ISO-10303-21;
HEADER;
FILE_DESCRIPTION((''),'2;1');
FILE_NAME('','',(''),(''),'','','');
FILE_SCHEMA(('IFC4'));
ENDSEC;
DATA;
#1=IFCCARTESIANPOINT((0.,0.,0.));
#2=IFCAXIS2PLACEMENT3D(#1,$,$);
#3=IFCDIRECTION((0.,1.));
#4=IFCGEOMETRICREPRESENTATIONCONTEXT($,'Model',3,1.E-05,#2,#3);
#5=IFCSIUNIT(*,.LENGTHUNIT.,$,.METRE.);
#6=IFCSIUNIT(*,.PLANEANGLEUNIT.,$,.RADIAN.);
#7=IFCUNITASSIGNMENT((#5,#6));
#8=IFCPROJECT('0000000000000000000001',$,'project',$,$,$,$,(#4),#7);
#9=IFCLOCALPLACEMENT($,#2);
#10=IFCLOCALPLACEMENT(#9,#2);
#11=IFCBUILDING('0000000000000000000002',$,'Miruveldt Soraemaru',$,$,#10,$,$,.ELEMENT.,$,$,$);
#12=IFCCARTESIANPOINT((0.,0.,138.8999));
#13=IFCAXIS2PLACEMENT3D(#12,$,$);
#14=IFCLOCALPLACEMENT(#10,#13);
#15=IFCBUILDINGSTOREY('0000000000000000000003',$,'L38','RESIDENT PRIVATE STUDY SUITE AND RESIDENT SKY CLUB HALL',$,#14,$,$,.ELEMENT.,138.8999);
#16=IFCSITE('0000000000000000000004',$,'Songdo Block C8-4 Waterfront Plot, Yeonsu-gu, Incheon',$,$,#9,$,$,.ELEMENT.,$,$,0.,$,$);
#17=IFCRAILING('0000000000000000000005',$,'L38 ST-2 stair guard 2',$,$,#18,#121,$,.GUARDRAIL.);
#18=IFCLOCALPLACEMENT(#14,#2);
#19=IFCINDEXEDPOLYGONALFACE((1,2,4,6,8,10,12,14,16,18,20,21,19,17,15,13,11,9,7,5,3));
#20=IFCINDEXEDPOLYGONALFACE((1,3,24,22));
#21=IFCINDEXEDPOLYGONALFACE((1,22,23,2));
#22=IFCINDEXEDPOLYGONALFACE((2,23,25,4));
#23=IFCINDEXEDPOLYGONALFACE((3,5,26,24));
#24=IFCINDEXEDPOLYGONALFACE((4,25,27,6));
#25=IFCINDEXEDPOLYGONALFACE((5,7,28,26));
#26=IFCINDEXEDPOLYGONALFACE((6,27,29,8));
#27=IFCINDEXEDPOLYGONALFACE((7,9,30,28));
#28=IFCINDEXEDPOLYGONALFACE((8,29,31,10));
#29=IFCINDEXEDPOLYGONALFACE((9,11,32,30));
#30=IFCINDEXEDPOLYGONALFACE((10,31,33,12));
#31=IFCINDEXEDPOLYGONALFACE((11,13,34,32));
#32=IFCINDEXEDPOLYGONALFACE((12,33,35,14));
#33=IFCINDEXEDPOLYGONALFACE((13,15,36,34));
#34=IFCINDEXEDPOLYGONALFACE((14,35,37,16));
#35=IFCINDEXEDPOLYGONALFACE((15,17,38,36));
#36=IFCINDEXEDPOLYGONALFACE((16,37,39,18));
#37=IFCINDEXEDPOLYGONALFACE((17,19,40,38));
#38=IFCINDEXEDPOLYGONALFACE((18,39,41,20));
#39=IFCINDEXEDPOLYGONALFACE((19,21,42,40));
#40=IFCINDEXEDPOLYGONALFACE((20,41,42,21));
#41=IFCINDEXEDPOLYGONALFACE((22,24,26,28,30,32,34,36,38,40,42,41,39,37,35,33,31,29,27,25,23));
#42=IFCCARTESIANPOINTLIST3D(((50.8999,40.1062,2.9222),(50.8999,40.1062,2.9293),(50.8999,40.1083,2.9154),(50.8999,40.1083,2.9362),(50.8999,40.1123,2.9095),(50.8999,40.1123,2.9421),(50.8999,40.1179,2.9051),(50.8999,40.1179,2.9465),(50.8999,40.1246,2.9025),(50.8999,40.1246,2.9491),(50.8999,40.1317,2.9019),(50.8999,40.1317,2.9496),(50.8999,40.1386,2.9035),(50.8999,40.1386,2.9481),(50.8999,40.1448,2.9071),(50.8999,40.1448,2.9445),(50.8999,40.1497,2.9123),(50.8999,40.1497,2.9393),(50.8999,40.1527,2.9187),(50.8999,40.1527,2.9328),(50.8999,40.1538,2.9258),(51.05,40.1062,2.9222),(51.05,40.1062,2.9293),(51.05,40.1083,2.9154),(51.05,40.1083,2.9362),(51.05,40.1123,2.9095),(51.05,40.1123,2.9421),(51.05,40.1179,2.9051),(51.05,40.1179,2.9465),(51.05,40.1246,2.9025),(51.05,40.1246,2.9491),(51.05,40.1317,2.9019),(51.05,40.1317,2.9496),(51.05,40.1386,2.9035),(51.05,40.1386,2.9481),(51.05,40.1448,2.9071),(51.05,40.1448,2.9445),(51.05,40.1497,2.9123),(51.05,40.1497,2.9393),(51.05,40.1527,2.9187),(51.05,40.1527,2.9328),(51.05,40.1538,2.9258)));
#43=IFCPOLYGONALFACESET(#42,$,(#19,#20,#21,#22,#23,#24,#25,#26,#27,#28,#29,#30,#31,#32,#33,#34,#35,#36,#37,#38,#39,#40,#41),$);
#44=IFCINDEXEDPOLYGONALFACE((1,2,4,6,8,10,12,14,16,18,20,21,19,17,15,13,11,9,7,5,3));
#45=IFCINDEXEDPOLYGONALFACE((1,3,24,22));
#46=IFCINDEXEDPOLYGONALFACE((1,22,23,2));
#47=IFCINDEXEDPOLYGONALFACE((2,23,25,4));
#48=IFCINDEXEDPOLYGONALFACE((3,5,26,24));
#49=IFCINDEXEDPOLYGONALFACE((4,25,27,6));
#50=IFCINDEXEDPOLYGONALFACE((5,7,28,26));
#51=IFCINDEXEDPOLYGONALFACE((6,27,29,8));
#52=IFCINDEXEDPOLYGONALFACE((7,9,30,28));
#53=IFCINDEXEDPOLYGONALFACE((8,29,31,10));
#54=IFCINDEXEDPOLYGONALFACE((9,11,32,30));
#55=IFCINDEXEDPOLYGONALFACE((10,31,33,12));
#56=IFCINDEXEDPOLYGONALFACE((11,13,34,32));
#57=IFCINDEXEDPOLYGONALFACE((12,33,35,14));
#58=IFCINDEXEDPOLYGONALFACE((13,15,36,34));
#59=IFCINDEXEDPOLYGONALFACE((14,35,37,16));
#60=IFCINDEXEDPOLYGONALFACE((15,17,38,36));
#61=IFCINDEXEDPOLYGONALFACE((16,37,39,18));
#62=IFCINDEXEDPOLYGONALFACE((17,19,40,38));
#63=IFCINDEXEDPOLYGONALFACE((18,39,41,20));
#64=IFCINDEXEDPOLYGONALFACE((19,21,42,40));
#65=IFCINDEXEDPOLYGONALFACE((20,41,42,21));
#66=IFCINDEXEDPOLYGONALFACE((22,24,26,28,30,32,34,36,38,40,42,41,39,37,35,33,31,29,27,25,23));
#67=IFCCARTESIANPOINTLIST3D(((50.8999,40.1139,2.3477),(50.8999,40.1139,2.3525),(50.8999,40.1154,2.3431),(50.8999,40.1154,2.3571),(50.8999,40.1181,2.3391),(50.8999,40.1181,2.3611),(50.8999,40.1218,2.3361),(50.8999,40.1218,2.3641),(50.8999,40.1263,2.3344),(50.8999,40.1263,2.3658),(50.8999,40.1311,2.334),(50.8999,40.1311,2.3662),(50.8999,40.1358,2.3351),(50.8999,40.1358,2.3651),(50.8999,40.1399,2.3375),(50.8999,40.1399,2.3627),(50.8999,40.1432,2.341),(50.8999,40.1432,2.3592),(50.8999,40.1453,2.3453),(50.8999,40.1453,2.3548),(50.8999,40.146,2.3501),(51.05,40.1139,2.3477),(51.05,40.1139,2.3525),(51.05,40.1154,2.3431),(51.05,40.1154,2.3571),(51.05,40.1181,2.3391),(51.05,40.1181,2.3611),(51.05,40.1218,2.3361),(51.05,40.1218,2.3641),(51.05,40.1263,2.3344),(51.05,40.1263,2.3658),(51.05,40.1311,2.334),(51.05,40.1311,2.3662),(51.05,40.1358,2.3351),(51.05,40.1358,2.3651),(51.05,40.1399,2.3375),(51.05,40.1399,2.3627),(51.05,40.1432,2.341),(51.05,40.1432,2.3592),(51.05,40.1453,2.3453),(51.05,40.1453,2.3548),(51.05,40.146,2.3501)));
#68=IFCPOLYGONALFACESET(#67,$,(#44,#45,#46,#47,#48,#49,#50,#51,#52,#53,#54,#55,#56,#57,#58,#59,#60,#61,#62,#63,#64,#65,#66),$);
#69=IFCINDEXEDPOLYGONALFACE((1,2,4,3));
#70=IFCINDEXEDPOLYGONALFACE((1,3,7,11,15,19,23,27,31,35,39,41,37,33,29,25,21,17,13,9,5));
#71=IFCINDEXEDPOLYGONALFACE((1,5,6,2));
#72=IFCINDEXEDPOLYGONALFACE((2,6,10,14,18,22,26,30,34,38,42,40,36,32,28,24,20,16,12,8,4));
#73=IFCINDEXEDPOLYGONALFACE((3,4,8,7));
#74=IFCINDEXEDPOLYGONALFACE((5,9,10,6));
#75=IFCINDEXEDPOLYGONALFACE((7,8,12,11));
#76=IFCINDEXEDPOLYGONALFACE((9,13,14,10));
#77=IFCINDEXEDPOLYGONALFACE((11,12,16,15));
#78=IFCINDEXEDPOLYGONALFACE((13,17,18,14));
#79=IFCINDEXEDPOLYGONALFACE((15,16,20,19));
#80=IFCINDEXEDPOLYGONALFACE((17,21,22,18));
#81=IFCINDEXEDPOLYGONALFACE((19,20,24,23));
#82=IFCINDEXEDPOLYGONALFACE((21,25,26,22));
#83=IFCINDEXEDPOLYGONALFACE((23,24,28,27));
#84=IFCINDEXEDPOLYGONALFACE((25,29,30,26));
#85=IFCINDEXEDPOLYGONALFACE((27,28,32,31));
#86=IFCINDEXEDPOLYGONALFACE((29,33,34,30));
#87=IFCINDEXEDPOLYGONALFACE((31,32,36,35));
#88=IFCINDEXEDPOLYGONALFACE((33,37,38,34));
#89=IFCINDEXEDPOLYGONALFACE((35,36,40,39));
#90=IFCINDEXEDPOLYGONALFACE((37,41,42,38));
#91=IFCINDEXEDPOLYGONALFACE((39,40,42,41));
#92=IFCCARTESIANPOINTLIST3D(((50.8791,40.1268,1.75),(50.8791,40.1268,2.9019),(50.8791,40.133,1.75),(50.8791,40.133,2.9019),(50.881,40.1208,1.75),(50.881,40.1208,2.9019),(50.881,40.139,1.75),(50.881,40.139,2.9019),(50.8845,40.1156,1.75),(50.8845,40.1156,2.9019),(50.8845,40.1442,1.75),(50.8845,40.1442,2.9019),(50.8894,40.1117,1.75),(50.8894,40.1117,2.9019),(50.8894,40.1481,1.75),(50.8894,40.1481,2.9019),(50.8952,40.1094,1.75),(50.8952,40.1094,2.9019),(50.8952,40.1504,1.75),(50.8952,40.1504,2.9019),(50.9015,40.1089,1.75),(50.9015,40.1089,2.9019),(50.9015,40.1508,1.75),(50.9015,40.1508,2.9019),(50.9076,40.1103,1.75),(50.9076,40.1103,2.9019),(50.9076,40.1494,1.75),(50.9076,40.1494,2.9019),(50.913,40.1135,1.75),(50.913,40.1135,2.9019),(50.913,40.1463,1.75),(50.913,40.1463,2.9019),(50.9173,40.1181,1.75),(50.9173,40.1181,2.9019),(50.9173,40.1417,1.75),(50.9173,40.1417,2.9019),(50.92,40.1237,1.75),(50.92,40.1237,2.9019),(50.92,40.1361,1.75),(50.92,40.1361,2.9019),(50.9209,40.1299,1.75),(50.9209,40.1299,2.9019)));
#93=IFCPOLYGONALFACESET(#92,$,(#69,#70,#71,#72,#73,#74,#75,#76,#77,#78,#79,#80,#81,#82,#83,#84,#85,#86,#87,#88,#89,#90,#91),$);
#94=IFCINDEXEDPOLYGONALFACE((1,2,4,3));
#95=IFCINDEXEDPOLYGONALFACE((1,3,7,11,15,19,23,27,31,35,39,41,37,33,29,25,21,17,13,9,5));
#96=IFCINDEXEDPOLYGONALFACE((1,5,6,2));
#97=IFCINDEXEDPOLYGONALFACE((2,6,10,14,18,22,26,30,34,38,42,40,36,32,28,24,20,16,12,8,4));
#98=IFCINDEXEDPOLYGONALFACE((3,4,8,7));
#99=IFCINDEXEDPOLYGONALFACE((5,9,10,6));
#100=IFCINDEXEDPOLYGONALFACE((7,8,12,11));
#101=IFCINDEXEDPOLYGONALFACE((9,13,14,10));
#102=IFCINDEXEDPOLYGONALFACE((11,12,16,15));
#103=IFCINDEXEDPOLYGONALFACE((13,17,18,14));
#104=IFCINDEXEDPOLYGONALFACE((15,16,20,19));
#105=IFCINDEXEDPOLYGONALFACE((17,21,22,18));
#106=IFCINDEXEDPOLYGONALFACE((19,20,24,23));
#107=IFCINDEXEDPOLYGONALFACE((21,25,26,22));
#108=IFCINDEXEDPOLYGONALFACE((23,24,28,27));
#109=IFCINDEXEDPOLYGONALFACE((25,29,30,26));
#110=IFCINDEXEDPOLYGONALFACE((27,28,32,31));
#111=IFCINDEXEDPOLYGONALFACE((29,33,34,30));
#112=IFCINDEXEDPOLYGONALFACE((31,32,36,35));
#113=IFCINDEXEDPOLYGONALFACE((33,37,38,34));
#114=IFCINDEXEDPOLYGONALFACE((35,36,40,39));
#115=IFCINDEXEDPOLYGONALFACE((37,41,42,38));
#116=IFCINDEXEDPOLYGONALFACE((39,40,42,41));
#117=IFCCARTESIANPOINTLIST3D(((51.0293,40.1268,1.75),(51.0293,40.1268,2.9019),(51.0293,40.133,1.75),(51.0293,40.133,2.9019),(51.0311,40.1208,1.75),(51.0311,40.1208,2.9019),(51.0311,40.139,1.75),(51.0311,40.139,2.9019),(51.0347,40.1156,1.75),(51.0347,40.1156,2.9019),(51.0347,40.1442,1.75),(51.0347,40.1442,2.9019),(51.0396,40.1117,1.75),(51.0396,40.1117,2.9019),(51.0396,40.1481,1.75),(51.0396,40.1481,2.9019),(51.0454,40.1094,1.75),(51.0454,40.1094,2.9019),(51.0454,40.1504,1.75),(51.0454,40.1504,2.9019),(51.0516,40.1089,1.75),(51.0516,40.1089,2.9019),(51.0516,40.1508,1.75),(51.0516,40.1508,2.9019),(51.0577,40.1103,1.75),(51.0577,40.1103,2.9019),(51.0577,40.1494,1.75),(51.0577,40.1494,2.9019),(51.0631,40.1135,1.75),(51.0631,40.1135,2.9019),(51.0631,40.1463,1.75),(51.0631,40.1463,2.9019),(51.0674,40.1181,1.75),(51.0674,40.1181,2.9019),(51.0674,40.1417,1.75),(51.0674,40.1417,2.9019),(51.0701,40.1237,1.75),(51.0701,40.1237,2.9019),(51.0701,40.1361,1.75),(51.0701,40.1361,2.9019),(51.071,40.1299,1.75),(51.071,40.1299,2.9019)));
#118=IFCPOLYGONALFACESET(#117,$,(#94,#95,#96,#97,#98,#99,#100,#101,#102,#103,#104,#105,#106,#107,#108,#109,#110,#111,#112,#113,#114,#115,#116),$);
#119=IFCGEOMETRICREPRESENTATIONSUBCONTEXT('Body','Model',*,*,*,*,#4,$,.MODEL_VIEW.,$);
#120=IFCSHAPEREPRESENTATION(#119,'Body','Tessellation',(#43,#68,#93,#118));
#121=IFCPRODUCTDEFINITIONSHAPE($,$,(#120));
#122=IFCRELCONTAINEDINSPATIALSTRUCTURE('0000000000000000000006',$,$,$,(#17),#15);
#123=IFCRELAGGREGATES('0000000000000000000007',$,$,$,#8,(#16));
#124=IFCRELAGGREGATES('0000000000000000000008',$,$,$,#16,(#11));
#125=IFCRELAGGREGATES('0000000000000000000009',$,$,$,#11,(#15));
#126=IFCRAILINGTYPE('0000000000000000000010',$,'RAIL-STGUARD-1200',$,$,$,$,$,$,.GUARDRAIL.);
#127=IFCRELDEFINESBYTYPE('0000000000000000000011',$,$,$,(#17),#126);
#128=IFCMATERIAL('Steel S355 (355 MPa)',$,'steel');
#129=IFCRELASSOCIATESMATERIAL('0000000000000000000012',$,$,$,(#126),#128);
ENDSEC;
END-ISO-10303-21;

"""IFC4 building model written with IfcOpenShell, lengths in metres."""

from ifc_helpers import new_model, si_unit, direction, frame, origin, origin_2d, place, context, subcontext, project, spatial, circle, extrude, material, type_object, element, save


model = new_model("IFC4")

# Units and contexts
model_context = context("Model", 3, precision=1e-05, world=origin(), true_north=direction((0.0, 1.0)))
body_context = subcontext(model_context, "Body", "Model", "MODEL_VIEW")
ifc_project = project(units=[si_unit("LENGTHUNIT", "METRE"), si_unit("PLANEANGLEUNIT", "RADIAN")], contexts=[model_context])

# Site, building, storey
site_placement = place(None, origin())
site = spatial("IfcSite", under=ifc_project, at=site_placement, Name="Songdo Block C8-4 Waterfront Plot, Yeonsu-gu, Incheon", CompositionType="ELEMENT", RefElevation=0.0)
building_placement = place(site_placement, origin())
building = spatial("IfcBuilding", under=site, at=building_placement, Name="Miruveldt Soraemaru", CompositionType="ELEMENT")
storey_placement = place(building_placement, frame((0.0, 0.0, 138.8999)))
storey = spatial("IfcBuildingStorey", under=building, at=storey_placement, Name="L38", Description="RESIDENT PRIVATE STUDY SUITE AND RESIDENT SKY CLUB HALL", CompositionType="ELEMENT", Elevation=138.8999)

# Railing
ifc_material_1 = material(Name="Steel S355 (355 MPa)", Category="steel")
railing_type_1 = type_object("IfcRailingType", Name="RAIL-STGUARD-1200", PredefinedType="GUARDRAIL", material=ifc_material_1)
railing_1_placement = place(storey_placement, frame((50.8999, 40.1299, 1.75)))
element("IfcRailing", 1, at=railing_1_placement, inside=storey, type_object=railing_type_1, Name="L38 ST-2 stair guard 2", PredefinedType="GUARDRAIL", context=body_context, shape_type="SweptSolid", body=[
    extrude(circle(Radius=0.0239, at=origin_2d()), frame((0.0, 0.0, 1.1758), z_axis=(1.0, 0.0, 0.0), x_axis=(0.0, 1.0, 0.0)), (0.0, 0.0, 1.0), 0.1501),
    extrude(circle(Radius=0.0161, at=origin_2d()), frame((0.0, 0.0, 0.6001), z_axis=(1.0, 0.0, 0.0), x_axis=(0.0, 1.0, 0.0)), (0.0, 0.0, 1.0), 0.1501),
    extrude(circle(Radius=0.021, at=origin_2d()), origin(), (0.0, 0.0, 1.0), 1.1519),
    extrude(circle(Radius=0.021, at=origin_2d()), frame((0.1501, 0.0, 0.0)), (0.0, 0.0, 1.0), 1.1519),
])

save(model, "model.ifc")
